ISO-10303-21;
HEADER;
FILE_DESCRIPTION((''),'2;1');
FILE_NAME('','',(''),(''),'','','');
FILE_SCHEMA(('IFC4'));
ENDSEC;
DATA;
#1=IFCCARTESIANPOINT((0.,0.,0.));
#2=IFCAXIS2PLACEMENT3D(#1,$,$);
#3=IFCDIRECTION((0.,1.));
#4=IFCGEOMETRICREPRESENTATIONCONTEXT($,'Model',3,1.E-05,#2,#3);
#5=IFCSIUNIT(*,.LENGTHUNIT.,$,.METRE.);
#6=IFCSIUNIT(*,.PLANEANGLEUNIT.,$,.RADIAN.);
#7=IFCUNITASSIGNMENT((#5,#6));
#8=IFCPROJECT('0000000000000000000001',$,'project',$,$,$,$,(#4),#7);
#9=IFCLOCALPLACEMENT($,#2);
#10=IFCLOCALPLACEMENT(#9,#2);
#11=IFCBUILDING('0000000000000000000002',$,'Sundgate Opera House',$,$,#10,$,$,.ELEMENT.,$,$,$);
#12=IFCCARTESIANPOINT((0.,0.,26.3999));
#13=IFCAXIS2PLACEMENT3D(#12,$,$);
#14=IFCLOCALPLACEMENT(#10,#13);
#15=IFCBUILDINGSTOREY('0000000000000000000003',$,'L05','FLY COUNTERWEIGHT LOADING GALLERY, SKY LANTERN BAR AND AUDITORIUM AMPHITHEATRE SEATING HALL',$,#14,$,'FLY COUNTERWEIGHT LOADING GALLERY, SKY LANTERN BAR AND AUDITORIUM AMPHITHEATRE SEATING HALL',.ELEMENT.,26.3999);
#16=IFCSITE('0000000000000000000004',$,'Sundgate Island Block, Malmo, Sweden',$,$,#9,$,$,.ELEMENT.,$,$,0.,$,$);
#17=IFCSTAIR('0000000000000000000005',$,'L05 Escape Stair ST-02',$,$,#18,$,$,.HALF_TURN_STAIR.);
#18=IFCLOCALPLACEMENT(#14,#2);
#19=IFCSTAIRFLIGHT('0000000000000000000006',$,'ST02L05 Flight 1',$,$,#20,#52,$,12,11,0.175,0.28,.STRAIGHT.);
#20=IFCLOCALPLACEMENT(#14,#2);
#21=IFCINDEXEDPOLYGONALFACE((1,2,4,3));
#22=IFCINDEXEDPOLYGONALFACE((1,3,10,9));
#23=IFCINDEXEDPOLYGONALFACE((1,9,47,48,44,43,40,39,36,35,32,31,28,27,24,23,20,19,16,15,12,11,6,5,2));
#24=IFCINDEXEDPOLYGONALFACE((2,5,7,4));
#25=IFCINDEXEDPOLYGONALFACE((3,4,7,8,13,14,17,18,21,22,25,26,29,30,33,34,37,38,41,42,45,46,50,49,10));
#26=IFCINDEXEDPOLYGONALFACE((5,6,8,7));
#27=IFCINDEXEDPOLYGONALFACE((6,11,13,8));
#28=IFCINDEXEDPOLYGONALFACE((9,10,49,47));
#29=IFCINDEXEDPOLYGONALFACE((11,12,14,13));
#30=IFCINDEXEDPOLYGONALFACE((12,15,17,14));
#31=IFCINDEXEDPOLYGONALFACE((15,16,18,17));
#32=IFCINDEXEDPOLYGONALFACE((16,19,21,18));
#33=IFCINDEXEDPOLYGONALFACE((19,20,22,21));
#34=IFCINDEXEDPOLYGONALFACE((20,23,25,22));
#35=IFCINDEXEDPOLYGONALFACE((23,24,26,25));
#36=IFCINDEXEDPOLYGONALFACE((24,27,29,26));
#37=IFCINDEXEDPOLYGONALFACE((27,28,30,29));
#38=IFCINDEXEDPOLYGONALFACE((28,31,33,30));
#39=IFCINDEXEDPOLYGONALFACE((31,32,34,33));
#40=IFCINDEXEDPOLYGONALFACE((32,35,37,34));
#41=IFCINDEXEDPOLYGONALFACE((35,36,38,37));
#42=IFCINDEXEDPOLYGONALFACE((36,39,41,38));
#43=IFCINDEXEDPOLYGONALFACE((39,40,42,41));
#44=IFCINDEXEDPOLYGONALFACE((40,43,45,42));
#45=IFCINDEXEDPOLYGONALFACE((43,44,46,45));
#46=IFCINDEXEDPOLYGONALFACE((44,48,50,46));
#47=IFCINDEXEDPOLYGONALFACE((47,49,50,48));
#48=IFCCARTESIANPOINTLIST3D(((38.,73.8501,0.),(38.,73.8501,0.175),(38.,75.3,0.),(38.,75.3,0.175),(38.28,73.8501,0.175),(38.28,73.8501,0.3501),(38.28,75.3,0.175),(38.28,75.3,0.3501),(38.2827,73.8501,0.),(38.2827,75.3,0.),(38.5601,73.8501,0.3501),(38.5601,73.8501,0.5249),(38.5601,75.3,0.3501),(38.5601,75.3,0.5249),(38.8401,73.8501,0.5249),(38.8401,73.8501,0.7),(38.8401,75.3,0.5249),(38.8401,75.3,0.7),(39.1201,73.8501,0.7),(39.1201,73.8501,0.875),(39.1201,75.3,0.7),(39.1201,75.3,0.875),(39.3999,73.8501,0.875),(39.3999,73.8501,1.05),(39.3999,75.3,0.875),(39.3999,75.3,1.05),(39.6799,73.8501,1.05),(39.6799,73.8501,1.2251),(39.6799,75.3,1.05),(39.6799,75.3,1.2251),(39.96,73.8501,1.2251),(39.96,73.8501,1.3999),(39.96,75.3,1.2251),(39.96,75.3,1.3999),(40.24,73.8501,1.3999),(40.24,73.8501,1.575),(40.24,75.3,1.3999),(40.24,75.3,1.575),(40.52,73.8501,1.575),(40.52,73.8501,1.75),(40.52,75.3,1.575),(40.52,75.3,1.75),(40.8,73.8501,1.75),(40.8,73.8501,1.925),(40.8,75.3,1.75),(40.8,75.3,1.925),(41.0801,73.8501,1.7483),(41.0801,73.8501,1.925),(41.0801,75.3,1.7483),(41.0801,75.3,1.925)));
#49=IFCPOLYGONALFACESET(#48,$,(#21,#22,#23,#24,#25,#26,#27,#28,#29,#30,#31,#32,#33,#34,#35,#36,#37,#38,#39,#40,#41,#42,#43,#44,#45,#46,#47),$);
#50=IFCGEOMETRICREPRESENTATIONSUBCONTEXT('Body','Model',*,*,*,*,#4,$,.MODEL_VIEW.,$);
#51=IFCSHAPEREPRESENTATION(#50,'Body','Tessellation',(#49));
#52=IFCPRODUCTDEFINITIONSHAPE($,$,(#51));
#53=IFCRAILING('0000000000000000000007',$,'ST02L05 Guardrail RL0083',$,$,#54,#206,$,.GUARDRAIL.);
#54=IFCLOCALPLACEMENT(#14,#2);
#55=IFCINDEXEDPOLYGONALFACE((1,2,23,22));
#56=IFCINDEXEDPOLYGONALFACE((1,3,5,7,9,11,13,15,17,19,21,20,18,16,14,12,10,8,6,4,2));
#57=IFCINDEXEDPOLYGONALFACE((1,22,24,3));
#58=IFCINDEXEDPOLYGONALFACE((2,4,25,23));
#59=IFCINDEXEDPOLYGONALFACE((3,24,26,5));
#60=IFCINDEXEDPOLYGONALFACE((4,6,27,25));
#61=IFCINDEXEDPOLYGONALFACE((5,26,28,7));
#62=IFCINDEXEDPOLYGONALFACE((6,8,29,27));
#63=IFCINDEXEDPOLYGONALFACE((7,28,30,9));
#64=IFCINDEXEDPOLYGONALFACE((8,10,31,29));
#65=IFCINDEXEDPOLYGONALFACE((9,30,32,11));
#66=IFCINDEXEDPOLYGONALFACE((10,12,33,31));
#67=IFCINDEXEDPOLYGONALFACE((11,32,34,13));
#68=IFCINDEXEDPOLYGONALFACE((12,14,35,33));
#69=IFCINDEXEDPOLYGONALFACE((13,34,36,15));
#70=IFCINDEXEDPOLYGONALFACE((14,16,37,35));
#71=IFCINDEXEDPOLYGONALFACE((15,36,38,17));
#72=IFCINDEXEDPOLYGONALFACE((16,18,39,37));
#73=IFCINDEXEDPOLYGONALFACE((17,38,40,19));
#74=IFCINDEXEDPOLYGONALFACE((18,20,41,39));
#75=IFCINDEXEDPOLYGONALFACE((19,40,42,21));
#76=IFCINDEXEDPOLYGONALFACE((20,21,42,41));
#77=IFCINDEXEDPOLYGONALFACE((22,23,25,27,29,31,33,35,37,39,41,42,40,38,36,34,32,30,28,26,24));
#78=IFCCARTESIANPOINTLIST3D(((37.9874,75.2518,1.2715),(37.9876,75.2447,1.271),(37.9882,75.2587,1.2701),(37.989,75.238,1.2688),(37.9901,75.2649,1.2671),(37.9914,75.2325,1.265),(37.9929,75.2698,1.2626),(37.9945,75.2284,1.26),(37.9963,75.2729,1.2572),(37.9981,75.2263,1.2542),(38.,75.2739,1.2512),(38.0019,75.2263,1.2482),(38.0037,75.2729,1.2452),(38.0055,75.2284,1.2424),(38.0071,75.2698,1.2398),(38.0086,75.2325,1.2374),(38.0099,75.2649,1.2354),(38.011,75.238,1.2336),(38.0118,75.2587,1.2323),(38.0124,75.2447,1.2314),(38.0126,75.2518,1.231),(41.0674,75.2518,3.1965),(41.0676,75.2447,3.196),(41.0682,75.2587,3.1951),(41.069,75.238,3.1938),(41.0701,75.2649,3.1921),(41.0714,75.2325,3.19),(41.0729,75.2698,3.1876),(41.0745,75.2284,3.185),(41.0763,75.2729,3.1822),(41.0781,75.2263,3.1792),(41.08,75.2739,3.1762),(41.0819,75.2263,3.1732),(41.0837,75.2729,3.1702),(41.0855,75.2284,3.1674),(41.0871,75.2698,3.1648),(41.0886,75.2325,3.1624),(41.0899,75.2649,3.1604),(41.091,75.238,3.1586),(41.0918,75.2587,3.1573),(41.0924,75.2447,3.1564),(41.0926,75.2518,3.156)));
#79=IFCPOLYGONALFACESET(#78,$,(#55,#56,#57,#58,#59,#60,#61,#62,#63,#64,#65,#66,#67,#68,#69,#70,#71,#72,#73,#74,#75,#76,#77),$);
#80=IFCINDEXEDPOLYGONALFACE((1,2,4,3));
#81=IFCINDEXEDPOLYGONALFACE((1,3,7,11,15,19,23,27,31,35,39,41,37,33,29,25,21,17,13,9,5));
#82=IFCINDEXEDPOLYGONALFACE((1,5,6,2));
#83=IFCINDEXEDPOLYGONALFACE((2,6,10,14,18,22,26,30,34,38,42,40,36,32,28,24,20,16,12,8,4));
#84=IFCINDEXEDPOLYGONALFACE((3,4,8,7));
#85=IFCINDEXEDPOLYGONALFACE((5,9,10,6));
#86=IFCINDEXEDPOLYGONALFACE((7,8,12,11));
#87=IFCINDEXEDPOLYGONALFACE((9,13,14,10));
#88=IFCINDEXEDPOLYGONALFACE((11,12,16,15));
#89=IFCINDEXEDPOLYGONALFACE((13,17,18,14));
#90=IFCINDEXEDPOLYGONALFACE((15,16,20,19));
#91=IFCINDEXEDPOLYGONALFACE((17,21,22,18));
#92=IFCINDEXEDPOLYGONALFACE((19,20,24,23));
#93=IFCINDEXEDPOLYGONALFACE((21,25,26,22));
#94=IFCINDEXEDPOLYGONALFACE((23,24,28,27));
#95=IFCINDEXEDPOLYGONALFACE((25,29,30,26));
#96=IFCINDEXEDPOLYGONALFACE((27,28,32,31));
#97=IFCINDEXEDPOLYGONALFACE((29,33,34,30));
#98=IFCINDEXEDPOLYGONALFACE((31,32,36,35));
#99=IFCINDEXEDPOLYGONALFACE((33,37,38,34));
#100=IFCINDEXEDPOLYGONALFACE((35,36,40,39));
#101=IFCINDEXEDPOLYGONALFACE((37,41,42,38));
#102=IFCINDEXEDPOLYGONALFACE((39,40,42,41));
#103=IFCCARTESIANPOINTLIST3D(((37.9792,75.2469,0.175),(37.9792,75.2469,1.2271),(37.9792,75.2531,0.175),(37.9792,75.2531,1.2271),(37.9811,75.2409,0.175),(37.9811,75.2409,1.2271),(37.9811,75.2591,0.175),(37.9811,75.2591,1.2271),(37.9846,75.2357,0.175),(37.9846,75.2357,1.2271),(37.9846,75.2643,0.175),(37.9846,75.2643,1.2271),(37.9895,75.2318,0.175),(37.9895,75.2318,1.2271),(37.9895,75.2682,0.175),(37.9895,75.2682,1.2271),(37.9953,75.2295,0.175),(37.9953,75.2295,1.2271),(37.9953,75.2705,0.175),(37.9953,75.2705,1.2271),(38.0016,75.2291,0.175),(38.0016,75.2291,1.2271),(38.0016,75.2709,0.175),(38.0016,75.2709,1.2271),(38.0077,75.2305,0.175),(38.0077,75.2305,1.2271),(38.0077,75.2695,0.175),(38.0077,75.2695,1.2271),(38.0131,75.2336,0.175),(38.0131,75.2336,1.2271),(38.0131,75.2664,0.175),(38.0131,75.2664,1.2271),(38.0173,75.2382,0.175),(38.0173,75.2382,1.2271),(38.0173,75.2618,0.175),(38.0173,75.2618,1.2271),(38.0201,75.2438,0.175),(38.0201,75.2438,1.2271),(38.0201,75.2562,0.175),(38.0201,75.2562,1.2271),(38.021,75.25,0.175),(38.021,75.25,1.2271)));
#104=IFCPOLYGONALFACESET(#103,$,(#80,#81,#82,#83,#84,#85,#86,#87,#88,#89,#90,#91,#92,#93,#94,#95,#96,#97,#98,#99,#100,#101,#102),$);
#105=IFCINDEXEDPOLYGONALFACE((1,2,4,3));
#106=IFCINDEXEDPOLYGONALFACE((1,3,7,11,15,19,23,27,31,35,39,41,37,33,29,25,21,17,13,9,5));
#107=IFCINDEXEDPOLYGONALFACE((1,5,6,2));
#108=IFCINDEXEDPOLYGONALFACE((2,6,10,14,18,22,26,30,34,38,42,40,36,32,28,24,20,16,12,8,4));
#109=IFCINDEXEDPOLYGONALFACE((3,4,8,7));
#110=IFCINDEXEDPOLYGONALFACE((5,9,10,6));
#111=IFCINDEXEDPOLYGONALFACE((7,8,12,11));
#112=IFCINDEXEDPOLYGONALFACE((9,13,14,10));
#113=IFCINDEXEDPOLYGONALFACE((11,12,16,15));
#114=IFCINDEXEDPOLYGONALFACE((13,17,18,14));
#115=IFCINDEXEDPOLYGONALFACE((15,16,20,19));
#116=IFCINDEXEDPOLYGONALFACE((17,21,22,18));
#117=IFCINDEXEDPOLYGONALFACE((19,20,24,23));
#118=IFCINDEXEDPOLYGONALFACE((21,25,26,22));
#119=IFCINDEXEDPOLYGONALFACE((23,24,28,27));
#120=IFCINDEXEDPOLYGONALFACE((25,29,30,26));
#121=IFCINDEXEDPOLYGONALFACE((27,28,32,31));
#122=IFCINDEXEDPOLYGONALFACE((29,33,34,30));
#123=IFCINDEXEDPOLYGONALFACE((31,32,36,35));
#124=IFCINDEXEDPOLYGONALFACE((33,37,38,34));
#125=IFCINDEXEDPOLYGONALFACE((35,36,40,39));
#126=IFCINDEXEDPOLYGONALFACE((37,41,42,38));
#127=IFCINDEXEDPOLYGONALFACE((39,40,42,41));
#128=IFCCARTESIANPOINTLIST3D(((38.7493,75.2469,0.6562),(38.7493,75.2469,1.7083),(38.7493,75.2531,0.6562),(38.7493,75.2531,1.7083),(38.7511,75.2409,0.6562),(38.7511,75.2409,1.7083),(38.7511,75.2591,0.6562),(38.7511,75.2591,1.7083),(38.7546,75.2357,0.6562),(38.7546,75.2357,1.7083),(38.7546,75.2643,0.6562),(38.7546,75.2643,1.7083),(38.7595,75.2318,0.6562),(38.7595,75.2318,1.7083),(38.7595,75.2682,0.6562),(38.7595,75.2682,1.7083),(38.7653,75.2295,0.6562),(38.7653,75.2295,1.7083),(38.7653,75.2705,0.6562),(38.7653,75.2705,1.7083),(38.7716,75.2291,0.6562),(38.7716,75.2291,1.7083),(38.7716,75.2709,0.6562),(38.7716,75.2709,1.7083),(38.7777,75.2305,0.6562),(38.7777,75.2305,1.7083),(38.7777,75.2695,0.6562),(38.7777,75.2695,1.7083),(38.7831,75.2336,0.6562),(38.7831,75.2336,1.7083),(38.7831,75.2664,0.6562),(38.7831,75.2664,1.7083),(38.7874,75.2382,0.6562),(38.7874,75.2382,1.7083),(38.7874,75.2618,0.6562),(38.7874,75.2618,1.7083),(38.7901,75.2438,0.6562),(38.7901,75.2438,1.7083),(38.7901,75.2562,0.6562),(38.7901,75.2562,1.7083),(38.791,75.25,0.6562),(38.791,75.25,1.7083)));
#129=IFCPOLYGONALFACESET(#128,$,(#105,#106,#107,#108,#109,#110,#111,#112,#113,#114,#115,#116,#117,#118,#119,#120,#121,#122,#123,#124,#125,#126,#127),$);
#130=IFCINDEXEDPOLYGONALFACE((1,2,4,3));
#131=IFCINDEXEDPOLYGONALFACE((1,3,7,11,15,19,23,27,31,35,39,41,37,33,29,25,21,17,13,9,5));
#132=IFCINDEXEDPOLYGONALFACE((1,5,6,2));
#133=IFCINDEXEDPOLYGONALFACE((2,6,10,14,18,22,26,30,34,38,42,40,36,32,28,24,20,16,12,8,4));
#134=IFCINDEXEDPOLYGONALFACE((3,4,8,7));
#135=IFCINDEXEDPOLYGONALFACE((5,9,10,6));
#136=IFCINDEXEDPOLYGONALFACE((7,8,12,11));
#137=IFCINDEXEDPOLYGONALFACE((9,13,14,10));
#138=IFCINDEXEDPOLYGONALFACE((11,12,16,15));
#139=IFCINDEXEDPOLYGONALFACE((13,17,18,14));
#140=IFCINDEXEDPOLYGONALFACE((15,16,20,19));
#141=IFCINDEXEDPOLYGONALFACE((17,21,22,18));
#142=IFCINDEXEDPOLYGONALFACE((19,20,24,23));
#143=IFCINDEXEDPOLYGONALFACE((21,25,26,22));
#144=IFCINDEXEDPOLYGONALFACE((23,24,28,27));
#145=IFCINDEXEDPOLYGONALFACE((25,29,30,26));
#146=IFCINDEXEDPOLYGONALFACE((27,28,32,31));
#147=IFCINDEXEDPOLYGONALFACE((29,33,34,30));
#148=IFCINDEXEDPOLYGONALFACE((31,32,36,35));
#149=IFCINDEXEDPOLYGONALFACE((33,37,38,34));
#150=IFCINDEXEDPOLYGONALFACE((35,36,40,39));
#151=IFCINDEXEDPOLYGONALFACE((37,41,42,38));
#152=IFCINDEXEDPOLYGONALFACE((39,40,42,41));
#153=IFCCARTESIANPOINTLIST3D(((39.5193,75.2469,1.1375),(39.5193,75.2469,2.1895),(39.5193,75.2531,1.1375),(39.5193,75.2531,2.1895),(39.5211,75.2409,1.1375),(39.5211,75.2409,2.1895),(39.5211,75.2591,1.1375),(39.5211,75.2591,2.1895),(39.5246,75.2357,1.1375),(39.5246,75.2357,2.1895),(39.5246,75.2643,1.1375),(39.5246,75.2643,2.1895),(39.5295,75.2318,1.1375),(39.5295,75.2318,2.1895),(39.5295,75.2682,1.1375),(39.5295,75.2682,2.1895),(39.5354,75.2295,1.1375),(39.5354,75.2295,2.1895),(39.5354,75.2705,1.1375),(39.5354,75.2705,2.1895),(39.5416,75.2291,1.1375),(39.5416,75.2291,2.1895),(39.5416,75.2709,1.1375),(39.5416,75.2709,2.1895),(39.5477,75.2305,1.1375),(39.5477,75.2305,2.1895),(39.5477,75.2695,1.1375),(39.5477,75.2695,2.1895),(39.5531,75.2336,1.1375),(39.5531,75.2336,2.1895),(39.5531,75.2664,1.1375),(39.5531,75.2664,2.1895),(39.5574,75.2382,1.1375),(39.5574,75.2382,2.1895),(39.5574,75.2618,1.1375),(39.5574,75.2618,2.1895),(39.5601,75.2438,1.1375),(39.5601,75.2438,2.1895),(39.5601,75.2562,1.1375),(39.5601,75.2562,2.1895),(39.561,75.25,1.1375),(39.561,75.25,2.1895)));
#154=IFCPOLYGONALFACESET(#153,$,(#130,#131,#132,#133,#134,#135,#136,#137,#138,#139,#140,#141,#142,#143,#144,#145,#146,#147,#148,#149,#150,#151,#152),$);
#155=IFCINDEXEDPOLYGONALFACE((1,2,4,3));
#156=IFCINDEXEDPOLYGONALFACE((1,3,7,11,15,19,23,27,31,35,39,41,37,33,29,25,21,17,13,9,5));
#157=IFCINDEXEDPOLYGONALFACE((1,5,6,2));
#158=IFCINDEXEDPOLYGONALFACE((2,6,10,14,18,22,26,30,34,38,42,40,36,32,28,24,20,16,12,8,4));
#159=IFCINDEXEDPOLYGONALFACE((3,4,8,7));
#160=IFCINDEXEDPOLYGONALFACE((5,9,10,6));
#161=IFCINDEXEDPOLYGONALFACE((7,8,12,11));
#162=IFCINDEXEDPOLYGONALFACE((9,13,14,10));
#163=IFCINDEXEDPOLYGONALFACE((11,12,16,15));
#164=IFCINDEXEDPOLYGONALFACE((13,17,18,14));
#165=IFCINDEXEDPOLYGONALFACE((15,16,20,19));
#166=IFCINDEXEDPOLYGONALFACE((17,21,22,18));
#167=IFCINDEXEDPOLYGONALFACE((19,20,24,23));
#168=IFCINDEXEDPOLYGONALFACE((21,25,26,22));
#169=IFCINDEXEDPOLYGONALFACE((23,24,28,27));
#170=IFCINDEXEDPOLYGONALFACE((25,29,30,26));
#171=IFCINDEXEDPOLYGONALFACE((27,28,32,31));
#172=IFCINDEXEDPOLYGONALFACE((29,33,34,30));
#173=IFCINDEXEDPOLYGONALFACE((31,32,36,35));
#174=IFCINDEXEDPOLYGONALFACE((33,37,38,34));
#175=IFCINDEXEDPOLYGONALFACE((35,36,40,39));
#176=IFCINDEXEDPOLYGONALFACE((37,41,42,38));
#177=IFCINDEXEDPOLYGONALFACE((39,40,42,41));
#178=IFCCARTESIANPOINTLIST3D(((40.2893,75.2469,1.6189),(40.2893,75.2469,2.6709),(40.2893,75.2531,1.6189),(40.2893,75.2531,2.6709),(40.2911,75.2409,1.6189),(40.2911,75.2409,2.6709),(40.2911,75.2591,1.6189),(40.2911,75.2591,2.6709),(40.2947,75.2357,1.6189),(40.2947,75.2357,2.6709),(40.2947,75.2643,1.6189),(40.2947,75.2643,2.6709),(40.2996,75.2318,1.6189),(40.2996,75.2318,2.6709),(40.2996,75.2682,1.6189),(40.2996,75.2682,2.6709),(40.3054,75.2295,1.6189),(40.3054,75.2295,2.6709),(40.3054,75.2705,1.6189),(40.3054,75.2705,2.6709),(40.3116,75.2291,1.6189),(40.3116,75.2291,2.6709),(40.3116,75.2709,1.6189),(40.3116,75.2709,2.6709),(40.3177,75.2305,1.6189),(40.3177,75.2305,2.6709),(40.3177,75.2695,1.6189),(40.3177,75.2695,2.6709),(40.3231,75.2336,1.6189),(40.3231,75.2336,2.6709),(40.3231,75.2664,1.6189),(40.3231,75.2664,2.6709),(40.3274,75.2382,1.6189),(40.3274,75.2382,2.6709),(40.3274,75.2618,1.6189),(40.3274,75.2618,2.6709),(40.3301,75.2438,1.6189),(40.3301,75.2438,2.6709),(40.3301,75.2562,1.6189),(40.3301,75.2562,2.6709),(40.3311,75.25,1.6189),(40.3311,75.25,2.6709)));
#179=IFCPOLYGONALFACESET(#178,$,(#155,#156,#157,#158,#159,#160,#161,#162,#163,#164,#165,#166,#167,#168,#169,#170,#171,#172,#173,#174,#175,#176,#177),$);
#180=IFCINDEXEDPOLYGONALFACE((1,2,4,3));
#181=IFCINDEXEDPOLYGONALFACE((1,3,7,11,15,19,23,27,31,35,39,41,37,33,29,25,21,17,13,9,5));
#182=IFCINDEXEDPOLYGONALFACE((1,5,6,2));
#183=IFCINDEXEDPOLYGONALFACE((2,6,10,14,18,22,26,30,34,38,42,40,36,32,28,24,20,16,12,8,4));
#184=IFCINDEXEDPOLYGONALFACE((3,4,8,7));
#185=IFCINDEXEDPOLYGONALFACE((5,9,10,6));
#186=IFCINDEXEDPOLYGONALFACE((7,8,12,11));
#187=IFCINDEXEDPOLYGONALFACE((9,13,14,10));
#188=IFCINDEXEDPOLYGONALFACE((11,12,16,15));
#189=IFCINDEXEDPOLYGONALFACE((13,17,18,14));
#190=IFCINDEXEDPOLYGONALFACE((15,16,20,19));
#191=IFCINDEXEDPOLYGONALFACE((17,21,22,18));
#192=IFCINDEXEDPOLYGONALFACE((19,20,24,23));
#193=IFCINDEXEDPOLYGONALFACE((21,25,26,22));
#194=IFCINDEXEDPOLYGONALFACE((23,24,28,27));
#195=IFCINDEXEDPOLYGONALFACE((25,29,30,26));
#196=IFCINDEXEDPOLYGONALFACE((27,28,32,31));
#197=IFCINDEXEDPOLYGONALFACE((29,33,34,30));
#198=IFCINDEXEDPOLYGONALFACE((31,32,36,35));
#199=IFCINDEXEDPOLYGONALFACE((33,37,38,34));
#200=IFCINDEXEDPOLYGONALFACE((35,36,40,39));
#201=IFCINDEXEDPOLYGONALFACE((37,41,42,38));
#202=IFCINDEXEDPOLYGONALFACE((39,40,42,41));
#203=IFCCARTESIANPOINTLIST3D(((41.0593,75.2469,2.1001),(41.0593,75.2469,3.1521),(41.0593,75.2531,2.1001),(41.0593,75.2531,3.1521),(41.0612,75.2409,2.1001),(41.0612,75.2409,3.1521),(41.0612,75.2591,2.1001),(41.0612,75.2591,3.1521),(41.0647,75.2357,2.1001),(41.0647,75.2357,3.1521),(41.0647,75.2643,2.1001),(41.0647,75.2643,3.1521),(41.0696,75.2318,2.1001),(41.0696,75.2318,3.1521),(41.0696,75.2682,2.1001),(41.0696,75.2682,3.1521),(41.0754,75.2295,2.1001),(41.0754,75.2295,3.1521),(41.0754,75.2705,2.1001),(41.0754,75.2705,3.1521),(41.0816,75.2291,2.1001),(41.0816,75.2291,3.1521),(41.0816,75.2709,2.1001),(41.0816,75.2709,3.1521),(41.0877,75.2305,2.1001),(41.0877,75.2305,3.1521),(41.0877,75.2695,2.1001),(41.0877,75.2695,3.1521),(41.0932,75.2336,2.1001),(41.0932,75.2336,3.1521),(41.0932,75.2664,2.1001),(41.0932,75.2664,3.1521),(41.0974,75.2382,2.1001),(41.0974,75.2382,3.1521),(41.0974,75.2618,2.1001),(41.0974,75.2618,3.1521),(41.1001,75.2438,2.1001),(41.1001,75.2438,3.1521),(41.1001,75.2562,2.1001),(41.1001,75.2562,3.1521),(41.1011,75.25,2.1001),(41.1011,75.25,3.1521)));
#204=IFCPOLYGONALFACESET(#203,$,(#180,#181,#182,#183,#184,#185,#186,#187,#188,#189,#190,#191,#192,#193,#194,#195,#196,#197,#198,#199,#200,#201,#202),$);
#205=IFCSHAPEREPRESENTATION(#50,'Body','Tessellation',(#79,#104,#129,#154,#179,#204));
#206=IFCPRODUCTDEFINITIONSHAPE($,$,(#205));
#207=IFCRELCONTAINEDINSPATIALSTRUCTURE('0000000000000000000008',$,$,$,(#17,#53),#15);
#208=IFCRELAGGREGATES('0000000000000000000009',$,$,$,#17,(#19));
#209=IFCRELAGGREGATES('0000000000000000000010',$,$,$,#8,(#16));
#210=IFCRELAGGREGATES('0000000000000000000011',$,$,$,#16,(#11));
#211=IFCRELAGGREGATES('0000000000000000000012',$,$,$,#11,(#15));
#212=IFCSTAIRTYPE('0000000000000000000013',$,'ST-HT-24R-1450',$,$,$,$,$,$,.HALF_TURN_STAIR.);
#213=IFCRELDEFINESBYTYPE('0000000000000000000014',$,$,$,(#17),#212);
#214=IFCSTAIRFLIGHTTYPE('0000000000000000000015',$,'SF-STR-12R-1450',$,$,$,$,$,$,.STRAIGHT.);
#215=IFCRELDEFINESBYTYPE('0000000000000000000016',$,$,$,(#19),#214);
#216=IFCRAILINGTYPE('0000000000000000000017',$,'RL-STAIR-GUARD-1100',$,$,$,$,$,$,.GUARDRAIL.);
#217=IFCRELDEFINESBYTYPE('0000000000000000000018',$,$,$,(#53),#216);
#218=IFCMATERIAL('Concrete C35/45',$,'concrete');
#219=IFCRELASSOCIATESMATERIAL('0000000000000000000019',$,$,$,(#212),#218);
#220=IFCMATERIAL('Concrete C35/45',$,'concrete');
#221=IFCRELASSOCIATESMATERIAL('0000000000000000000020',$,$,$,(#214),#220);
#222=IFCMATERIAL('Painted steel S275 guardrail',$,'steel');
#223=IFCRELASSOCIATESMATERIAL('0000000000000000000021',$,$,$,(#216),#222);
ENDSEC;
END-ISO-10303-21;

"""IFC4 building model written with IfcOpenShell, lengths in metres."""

from ifc_helpers import new_model, si_unit, direction, frame, origin, origin_2d, place, context, subcontext, project, spatial, polyline, circle, outline, extrude, material, type_object, element, aggregate, save


model = new_model("IFC4")

# Units and contexts
model_context = context("Model", 3, precision=1e-05, world=origin(), true_north=direction((0.0, 1.0)))
body_context = subcontext(model_context, "Body", "Model", "MODEL_VIEW")
ifc_project = project(units=[si_unit("LENGTHUNIT", "METRE"), si_unit("PLANEANGLEUNIT", "RADIAN")], contexts=[model_context])

# Site, building, storey
site_placement = place(None, origin())
site = spatial("IfcSite", under=ifc_project, at=site_placement, Name="Sundgate Island Block, Malmo, Sweden", CompositionType="ELEMENT", RefElevation=0.0)
building_placement = place(site_placement, origin())
building = spatial("IfcBuilding", under=site, at=building_placement, Name="Sundgate Opera House", CompositionType="ELEMENT")
storey_placement = place(building_placement, frame((0.0, 0.0, 26.3999)))
storey = spatial("IfcBuildingStorey", under=building, at=storey_placement, Name="L05", Description="FLY COUNTERWEIGHT LOADING GALLERY, SKY LANTERN BAR AND AUDITORIUM AMPHITHEATRE SEATING HALL", LongName="FLY COUNTERWEIGHT LOADING GALLERY, SKY LANTERN BAR AND AUDITORIUM AMPHITHEATRE SEATING HALL", CompositionType="ELEMENT", Elevation=26.3999)

# Stair, stair flight
ifc_material_1 = material(Name="Concrete C35/45", Category="concrete")
stair_type = type_object("IfcStairType", Name="ST-HT-24R-1450", PredefinedType="HALF_TURN_STAIR", material=ifc_material_1)
stair_placement = place(storey_placement, origin())
stair = element("IfcStair", 1, at=stair_placement, inside=storey, type_object=stair_type, Name="L05 Escape Stair ST-02", PredefinedType="HALF_TURN_STAIR")
ifc_material_2 = material(Name="Concrete C35/45", Category="concrete")
stair_flight_type = type_object("IfcStairFlightType", Name="SF-STR-12R-1450", PredefinedType="STRAIGHT", material=ifc_material_2)
stair_flight_placement = place(storey_placement, frame((38.0, 74.575, 0.0), z_axis=(0.0, 0.0, 1.0), x_axis=(1.0, 0.0, 0.0)))
stair_flight = element("IfcStairFlight", 2, at=stair_flight_placement, type_object=stair_flight_type, Name="ST02L05 Flight 1", NumberOfRisers=12, NumberOfTreads=11, PredefinedType="STRAIGHT", RiserHeight=0.175, TreadLength=0.28, context=body_context, shape_type="SweptSolid", body=[
    extrude(outline(polyline([(0.0, 0.0), (0.0, 0.175), (0.28, 0.175), (0.28, 0.3501), (0.5601, 0.3501), (0.5601, 0.5249), (0.8401, 0.5249), (0.8401, 0.7), (1.1201, 0.7), (1.1201, 0.875), (1.3999, 0.875), (1.3999, 1.05), (1.6799, 1.05), (1.6799, 1.2251), (1.96, 1.2251), (1.96, 1.3999), (2.24, 1.3999), (2.24, 1.575), (2.52, 1.575), (2.52, 1.75), (2.8, 1.75), (2.8, 1.925), (3.0801, 1.925), (3.0801, 2.1001), (3.0801, 1.7483), (0.2827, 0.0), (0.0, 0.0)])), frame((0.0, 0.7251, 0.0), z_axis=(0.0, -1.0, 0.0), x_axis=(1.0, 0.0, 0.0)), (0.0, 0.0, 1.0), 1.45),
])
aggregate(stair, [stair_flight])

# Railing
ifc_material_3 = material(Name="Painted steel S275 guardrail", Category="steel")
railing_type_1 = type_object("IfcRailingType", Name="RL-STAIR-GUARD-1100", PredefinedType="GUARDRAIL", material=ifc_material_3)
railing_1_placement = place(storey_placement, frame((38.0, 75.25, 0.175)))
element("IfcRailing", 3, at=railing_1_placement, inside=storey, type_object=railing_type_1, Name="ST02L05 Guardrail RL0083", PredefinedType="GUARDRAIL", context=body_context, shape_type="SweptSolid", body=[
    extrude(circle(Radius=0.0239, at=origin_2d()), frame((0.0, 0.0, 1.0762), z_axis=(0.847998, 0.0, 0.529999), x_axis=(0.0, 1.0, 0.0)), (0.0, 0.0, 1.0), 3.6321),
    extrude(circle(Radius=0.021, at=origin_2d()), origin(), (0.0, 0.0, 1.0), 1.052),
    extrude(circle(Radius=0.021, at=origin_2d()), frame((0.77, 0.0, 0.4812)), (0.0, 0.0, 1.0), 1.052),
    extrude(circle(Radius=0.021, at=origin_2d()), frame((1.54, 0.0, 0.9624)), (0.0, 0.0, 1.0), 1.052),
    extrude(circle(Radius=0.021, at=origin_2d()), frame((2.3101, 0.0, 1.4438)), (0.0, 0.0, 1.0), 1.052),
    extrude(circle(Radius=0.021, at=origin_2d()), frame((3.0801, 0.0, 1.925)), (0.0, 0.0, 1.0), 1.052),
])

save(model, "model.ifc")
